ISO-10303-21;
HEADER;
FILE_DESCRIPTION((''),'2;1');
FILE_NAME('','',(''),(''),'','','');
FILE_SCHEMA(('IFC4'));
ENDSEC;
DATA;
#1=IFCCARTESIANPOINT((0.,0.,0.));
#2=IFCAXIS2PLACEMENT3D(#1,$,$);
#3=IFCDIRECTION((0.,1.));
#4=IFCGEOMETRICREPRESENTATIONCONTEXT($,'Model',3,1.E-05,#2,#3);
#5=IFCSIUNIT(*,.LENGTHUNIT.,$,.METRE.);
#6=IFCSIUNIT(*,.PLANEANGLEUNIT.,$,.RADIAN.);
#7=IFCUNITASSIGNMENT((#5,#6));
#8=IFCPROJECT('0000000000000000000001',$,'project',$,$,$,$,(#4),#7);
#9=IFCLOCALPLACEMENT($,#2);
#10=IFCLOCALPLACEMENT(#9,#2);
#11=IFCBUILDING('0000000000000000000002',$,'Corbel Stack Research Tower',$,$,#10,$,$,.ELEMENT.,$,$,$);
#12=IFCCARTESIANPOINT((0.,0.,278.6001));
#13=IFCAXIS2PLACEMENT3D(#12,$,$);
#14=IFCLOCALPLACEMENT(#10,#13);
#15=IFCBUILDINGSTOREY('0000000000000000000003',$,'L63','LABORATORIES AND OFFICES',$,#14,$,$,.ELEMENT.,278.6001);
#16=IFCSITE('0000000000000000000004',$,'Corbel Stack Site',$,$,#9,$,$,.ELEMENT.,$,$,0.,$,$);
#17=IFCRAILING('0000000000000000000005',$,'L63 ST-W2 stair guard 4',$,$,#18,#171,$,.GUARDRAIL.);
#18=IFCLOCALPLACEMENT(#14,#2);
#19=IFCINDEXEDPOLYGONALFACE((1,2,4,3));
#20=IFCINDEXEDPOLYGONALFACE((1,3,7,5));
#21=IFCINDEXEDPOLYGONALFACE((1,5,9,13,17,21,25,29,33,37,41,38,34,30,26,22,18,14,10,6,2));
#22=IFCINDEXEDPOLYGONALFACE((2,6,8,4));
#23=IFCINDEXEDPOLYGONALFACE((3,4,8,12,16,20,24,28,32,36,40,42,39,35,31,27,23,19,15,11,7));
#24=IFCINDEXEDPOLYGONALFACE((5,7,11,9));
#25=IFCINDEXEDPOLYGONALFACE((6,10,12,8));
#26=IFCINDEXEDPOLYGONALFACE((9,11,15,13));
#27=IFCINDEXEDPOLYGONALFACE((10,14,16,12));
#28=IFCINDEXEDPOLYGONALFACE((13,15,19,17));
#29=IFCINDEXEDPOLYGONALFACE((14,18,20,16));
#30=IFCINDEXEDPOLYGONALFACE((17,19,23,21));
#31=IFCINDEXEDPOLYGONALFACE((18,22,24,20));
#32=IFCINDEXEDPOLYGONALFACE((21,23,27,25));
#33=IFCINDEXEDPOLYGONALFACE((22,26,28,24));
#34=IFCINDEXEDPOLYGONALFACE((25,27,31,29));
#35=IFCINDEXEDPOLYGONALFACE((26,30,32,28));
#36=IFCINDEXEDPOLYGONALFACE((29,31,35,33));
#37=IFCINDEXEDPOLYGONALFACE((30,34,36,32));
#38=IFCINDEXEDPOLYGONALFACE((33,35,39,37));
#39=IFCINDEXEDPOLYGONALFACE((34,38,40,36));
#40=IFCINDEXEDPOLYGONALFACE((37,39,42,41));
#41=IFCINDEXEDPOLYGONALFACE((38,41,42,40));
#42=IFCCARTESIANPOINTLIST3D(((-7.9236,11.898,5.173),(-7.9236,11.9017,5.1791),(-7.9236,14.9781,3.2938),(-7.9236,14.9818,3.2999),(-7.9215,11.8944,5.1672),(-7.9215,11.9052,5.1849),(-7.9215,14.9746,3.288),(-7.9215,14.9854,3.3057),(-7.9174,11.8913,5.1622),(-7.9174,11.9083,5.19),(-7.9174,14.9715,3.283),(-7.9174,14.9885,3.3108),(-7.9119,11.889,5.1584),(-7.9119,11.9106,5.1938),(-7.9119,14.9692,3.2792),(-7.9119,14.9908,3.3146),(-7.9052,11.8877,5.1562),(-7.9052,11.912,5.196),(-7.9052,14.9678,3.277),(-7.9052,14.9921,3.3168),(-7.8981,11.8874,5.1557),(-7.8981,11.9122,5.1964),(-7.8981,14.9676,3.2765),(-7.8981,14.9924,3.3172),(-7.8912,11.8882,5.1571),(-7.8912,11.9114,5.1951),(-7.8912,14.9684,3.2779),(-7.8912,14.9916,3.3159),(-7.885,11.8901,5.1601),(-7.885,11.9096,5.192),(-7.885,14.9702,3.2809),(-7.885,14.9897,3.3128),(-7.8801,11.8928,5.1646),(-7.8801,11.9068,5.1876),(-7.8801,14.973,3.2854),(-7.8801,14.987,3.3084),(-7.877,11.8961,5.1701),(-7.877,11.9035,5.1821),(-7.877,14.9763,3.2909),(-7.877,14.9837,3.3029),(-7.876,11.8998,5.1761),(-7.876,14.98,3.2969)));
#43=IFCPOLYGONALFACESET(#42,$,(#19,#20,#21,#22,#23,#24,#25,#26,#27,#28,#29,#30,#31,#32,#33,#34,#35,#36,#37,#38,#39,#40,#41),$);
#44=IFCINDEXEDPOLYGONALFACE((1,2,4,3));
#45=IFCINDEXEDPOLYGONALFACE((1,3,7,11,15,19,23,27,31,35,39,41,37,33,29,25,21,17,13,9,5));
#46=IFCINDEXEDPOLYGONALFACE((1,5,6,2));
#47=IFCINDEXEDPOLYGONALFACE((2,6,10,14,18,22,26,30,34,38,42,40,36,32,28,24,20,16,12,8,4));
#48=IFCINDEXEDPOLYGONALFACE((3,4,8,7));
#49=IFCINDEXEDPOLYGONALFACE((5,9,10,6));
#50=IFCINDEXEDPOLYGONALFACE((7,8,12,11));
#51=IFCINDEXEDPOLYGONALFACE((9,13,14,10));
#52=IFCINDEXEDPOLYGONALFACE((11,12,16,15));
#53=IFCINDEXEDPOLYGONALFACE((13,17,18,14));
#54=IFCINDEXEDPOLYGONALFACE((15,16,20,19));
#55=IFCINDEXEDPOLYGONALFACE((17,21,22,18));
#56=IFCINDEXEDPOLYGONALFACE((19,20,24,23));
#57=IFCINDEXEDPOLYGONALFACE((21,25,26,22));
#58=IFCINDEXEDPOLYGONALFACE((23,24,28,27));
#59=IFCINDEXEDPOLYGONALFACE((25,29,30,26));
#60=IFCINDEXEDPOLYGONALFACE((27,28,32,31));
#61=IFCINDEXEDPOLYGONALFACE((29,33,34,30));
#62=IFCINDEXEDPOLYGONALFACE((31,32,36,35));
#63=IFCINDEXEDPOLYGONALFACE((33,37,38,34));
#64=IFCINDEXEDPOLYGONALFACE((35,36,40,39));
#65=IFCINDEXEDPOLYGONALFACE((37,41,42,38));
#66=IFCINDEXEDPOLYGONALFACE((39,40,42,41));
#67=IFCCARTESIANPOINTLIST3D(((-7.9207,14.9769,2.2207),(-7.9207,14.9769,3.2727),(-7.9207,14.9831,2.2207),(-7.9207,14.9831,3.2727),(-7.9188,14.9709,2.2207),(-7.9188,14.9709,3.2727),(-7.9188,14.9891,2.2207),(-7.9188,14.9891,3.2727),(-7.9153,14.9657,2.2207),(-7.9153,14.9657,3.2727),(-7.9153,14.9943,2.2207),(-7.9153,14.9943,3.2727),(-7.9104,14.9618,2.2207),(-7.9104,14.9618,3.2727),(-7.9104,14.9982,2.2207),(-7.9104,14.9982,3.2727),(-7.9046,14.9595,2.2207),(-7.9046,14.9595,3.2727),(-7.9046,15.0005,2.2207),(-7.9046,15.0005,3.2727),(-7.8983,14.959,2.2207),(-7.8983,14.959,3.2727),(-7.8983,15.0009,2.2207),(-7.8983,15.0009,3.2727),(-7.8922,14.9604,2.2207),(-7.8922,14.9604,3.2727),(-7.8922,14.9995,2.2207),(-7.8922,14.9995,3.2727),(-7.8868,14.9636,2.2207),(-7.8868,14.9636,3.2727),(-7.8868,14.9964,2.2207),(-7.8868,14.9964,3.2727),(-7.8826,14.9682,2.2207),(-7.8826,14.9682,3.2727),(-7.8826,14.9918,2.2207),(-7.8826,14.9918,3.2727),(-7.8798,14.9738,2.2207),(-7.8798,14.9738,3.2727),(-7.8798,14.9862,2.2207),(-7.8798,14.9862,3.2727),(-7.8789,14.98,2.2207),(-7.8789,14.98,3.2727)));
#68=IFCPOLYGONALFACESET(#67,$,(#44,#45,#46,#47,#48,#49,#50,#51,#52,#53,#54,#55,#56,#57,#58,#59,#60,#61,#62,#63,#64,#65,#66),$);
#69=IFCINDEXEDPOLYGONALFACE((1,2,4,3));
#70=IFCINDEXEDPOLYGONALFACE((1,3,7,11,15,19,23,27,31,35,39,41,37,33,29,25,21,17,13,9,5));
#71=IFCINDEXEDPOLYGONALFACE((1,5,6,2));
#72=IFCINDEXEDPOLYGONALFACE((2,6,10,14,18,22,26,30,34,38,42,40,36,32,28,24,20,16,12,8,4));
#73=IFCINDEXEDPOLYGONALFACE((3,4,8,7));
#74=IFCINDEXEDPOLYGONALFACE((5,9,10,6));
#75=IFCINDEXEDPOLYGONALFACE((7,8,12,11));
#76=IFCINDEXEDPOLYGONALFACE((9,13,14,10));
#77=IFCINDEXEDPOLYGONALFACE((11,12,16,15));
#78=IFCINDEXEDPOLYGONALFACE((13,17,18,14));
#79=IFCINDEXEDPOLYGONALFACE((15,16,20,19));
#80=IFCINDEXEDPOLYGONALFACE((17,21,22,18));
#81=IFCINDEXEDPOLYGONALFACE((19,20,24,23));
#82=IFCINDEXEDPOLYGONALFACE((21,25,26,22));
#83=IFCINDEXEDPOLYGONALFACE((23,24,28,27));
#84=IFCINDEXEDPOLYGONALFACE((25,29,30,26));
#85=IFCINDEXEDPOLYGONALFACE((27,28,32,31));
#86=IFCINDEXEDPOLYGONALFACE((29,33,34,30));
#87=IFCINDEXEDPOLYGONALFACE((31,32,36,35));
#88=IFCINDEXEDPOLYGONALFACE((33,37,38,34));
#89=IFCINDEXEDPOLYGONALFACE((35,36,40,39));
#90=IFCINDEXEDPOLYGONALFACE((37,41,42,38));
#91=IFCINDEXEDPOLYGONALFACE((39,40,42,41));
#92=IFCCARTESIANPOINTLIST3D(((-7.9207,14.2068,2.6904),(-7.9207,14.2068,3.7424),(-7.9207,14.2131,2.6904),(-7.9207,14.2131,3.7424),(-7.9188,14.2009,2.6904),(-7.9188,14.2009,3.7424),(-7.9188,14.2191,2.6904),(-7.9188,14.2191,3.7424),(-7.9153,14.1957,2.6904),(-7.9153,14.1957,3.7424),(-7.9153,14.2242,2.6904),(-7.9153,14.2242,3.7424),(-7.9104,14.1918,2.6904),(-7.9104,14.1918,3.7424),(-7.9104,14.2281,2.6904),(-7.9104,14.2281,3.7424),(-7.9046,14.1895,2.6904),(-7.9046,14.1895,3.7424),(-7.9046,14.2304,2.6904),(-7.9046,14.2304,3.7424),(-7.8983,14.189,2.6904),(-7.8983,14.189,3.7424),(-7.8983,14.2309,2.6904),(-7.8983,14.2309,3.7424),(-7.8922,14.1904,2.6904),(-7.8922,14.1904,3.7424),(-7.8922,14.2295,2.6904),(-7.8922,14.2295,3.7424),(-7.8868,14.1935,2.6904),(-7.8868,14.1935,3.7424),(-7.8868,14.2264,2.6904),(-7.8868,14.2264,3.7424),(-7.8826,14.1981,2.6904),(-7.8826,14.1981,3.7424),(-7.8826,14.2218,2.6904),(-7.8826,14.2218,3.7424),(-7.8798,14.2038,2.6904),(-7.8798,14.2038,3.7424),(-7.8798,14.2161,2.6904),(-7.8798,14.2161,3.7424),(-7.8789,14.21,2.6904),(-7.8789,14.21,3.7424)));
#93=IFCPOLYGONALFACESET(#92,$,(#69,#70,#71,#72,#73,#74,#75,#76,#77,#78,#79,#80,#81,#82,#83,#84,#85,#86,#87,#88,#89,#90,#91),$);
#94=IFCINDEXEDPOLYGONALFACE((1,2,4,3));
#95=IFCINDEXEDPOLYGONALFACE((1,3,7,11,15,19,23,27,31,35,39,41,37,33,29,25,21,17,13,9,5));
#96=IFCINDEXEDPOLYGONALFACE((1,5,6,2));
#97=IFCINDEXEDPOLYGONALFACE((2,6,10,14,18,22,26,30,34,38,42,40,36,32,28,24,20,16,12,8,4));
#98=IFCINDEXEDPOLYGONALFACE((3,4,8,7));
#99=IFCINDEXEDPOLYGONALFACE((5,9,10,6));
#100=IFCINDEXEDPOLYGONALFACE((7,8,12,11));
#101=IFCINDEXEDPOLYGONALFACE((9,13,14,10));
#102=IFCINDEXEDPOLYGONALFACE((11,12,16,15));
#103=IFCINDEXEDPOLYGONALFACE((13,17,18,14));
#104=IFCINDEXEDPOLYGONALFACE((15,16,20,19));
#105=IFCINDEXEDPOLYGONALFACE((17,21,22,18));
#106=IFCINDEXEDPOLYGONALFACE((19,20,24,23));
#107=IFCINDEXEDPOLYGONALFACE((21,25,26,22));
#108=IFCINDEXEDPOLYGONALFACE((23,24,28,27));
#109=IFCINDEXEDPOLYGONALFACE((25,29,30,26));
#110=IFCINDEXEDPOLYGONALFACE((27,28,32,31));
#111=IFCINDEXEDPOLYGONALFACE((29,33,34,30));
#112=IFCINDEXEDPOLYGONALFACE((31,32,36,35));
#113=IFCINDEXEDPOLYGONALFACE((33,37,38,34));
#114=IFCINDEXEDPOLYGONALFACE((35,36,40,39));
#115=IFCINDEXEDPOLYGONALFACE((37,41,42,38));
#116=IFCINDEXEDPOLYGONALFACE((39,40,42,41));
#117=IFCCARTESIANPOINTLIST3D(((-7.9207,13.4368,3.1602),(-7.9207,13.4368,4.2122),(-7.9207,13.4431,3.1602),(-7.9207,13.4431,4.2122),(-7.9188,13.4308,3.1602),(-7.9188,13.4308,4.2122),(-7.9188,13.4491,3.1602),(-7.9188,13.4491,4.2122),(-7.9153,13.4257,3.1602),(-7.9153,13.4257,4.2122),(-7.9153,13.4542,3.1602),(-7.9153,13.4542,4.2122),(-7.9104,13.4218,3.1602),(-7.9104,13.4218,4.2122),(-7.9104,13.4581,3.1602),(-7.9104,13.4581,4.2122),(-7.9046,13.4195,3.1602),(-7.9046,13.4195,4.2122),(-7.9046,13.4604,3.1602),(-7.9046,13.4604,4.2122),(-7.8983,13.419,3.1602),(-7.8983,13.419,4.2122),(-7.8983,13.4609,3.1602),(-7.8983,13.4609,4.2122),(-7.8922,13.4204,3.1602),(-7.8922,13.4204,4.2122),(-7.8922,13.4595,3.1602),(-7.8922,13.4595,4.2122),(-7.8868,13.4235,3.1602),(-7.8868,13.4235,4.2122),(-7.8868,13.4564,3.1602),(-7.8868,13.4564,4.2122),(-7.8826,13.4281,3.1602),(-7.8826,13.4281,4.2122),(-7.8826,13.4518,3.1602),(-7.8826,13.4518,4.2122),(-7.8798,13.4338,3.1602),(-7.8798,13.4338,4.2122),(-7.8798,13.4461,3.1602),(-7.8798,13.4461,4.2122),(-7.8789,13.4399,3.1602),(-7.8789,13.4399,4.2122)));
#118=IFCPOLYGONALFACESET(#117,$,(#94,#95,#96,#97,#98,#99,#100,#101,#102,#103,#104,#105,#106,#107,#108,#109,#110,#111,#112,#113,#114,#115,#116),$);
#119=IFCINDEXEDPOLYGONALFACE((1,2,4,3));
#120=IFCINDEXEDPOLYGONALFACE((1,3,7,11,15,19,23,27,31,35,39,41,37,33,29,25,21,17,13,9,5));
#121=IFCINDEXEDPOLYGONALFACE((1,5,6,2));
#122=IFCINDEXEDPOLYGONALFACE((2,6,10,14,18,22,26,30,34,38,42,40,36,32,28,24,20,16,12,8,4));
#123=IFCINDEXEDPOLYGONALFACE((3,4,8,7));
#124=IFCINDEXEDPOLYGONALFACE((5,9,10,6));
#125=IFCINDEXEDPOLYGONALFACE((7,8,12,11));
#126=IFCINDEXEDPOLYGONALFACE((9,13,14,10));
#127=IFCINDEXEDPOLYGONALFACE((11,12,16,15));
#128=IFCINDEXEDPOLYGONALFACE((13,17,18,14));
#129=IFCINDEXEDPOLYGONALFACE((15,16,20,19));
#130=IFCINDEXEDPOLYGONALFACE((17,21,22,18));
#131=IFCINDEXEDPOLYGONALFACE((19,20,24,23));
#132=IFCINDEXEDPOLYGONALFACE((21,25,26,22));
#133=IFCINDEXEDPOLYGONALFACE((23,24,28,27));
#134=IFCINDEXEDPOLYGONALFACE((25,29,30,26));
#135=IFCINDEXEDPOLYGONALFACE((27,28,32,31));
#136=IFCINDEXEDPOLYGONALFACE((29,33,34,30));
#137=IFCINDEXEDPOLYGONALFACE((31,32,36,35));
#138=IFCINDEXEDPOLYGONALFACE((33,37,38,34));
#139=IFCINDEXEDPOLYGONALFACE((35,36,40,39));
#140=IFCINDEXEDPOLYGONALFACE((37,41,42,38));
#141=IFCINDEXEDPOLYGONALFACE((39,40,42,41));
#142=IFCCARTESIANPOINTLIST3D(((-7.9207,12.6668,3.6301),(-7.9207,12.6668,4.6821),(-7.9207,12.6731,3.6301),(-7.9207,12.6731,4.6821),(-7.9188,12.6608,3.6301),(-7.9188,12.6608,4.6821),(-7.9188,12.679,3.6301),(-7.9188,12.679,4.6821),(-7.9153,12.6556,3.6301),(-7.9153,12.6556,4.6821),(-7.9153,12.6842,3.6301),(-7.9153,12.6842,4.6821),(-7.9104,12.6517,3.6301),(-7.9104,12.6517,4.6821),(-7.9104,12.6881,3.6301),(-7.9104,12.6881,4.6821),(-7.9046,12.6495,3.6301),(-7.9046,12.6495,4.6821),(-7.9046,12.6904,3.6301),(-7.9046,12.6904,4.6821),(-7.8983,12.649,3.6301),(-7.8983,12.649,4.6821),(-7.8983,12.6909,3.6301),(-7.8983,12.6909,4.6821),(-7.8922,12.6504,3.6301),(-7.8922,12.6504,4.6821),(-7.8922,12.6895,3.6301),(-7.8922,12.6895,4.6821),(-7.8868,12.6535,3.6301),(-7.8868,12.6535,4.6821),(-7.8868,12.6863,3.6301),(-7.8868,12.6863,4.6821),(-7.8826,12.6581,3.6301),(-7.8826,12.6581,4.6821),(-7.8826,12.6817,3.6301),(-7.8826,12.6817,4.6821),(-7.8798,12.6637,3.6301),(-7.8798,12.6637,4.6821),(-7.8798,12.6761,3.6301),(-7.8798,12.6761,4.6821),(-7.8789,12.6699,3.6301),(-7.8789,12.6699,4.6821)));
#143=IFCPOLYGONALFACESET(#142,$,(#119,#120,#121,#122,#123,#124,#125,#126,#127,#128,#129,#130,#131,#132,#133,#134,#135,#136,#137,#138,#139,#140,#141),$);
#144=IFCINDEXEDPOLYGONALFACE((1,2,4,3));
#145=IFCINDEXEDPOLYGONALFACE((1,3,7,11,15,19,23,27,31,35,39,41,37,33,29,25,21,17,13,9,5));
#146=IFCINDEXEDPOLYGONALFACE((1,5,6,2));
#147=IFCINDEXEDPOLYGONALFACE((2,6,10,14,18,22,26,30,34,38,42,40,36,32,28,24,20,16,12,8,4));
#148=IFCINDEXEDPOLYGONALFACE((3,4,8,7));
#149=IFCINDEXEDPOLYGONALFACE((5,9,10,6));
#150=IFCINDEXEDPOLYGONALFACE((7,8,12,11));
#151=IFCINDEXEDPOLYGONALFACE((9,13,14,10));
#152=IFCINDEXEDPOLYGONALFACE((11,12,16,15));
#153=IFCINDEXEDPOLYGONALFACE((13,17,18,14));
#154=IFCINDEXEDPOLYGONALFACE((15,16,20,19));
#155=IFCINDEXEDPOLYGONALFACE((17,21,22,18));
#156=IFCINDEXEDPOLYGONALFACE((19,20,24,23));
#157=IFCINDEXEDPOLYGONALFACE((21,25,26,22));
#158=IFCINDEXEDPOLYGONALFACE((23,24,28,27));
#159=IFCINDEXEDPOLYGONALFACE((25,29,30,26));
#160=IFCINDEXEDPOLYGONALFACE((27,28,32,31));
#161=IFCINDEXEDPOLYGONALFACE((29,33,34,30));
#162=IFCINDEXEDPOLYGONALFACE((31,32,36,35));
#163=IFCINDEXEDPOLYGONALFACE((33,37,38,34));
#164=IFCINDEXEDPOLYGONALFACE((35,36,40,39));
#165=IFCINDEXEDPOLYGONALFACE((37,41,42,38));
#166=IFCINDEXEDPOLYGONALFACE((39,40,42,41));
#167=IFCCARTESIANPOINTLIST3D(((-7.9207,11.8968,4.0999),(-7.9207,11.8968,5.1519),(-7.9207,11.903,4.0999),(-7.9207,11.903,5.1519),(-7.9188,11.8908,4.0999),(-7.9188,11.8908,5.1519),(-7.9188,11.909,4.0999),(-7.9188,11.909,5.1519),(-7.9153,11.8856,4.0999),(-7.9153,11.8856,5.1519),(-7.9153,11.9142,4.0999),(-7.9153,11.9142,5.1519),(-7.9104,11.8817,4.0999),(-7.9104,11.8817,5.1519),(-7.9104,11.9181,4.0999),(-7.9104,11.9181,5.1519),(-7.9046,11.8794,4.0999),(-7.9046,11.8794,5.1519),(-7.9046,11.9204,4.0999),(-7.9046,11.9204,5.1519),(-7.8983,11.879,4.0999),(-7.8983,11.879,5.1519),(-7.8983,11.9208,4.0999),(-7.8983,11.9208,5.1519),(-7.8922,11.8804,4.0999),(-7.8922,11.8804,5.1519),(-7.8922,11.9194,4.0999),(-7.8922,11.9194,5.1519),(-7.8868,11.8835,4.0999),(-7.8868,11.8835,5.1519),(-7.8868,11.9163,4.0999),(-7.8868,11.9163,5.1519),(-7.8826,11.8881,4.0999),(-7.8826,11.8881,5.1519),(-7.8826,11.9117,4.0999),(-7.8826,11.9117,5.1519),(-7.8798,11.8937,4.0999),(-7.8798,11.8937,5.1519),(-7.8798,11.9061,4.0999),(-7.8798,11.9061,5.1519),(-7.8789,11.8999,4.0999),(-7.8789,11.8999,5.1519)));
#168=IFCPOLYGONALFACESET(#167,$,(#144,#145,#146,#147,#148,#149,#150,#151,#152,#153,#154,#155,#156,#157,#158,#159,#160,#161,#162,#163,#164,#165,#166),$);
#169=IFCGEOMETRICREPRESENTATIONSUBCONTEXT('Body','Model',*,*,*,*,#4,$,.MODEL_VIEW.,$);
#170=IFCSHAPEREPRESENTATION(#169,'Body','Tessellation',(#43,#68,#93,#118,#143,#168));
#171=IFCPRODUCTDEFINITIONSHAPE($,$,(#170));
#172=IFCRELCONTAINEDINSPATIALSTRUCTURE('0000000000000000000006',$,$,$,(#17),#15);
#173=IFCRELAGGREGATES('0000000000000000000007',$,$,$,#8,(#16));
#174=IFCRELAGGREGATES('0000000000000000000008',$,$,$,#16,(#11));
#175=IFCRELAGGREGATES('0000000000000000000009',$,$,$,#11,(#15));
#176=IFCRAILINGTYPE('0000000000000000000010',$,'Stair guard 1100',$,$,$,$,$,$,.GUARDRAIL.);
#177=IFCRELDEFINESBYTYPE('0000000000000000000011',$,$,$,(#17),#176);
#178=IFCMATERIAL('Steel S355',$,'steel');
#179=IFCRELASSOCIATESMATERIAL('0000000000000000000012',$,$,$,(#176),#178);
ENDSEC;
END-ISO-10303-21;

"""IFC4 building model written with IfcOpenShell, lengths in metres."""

from ifc_helpers import new_model, si_unit, direction, frame, origin, origin_2d, place, context, subcontext, project, spatial, circle, extrude, material, type_object, element, save


model = new_model("IFC4")

# Units and contexts
model_context = context("Model", 3, precision=1e-05, world=origin(), true_north=direction((0.0, 1.0)))
body_context = subcontext(model_context, "Body", "Model", "MODEL_VIEW")
ifc_project = project(units=[si_unit("LENGTHUNIT", "METRE"), si_unit("PLANEANGLEUNIT", "RADIAN")], contexts=[model_context])

# Site, building, storey
site_placement = place(None, origin())
site = spatial("IfcSite", under=ifc_project, at=site_placement, Name="Corbel Stack Site", CompositionType="ELEMENT", RefElevation=0.0)
building_placement = place(site_placement, origin())
building = spatial("IfcBuilding", under=site, at=building_placement, Name="Corbel Stack Research Tower", CompositionType="ELEMENT")
storey_placement = place(building_placement, frame((0.0, 0.0, 278.6001)))
storey = spatial("IfcBuildingStorey", under=building, at=storey_placement, Name="L63", Description="LABORATORIES AND OFFICES", CompositionType="ELEMENT", Elevation=278.6001)

# Railing
ifc_material_1 = material(Name="Steel S355", Category="steel")
railing_type = type_object("IfcRailingType", Name="Stair guard 1100", PredefinedType="GUARDRAIL", material=ifc_material_1)
railing_1_placement = place(storey_placement, frame((-7.8999, 14.98, 2.2207)))
element("IfcRailing", 1, at=railing_1_placement, inside=storey, type_object=railing_type, Name="L63 ST-W2 stair guard 4", PredefinedType="GUARDRAIL", context=body_context, shape_type="SweptSolid", body=[
    extrude(circle(Radius=0.0239, at=origin_2d()), frame((0.0, 0.0, 1.0762), z_axis=(0.0, -0.853666, 0.52082), x_axis=(1.0, 0.0, 0.0)), (0.0, 0.0, 1.0), 3.6082),
    extrude(circle(Radius=0.021, at=origin_2d()), origin(), (0.0, 0.0, 1.0), 1.052),
    extrude(circle(Radius=0.021, at=origin_2d()), frame((0.0, -0.77, 0.4697)), (0.0, 0.0, 1.0), 1.052),
    extrude(circle(Radius=0.021, at=origin_2d()), frame((0.0, -1.54, 0.9395)), (0.0, 0.0, 1.0), 1.052),
    extrude(circle(Radius=0.021, at=origin_2d()), frame((0.0, -2.3101, 1.4094)), (0.0, 0.0, 1.0), 1.052),
    extrude(circle(Radius=0.021, at=origin_2d()), frame((0.0, -3.0801, 1.8792)), (0.0, 0.0, 1.0), 1.052),
])

save(model, "model.ifc")
